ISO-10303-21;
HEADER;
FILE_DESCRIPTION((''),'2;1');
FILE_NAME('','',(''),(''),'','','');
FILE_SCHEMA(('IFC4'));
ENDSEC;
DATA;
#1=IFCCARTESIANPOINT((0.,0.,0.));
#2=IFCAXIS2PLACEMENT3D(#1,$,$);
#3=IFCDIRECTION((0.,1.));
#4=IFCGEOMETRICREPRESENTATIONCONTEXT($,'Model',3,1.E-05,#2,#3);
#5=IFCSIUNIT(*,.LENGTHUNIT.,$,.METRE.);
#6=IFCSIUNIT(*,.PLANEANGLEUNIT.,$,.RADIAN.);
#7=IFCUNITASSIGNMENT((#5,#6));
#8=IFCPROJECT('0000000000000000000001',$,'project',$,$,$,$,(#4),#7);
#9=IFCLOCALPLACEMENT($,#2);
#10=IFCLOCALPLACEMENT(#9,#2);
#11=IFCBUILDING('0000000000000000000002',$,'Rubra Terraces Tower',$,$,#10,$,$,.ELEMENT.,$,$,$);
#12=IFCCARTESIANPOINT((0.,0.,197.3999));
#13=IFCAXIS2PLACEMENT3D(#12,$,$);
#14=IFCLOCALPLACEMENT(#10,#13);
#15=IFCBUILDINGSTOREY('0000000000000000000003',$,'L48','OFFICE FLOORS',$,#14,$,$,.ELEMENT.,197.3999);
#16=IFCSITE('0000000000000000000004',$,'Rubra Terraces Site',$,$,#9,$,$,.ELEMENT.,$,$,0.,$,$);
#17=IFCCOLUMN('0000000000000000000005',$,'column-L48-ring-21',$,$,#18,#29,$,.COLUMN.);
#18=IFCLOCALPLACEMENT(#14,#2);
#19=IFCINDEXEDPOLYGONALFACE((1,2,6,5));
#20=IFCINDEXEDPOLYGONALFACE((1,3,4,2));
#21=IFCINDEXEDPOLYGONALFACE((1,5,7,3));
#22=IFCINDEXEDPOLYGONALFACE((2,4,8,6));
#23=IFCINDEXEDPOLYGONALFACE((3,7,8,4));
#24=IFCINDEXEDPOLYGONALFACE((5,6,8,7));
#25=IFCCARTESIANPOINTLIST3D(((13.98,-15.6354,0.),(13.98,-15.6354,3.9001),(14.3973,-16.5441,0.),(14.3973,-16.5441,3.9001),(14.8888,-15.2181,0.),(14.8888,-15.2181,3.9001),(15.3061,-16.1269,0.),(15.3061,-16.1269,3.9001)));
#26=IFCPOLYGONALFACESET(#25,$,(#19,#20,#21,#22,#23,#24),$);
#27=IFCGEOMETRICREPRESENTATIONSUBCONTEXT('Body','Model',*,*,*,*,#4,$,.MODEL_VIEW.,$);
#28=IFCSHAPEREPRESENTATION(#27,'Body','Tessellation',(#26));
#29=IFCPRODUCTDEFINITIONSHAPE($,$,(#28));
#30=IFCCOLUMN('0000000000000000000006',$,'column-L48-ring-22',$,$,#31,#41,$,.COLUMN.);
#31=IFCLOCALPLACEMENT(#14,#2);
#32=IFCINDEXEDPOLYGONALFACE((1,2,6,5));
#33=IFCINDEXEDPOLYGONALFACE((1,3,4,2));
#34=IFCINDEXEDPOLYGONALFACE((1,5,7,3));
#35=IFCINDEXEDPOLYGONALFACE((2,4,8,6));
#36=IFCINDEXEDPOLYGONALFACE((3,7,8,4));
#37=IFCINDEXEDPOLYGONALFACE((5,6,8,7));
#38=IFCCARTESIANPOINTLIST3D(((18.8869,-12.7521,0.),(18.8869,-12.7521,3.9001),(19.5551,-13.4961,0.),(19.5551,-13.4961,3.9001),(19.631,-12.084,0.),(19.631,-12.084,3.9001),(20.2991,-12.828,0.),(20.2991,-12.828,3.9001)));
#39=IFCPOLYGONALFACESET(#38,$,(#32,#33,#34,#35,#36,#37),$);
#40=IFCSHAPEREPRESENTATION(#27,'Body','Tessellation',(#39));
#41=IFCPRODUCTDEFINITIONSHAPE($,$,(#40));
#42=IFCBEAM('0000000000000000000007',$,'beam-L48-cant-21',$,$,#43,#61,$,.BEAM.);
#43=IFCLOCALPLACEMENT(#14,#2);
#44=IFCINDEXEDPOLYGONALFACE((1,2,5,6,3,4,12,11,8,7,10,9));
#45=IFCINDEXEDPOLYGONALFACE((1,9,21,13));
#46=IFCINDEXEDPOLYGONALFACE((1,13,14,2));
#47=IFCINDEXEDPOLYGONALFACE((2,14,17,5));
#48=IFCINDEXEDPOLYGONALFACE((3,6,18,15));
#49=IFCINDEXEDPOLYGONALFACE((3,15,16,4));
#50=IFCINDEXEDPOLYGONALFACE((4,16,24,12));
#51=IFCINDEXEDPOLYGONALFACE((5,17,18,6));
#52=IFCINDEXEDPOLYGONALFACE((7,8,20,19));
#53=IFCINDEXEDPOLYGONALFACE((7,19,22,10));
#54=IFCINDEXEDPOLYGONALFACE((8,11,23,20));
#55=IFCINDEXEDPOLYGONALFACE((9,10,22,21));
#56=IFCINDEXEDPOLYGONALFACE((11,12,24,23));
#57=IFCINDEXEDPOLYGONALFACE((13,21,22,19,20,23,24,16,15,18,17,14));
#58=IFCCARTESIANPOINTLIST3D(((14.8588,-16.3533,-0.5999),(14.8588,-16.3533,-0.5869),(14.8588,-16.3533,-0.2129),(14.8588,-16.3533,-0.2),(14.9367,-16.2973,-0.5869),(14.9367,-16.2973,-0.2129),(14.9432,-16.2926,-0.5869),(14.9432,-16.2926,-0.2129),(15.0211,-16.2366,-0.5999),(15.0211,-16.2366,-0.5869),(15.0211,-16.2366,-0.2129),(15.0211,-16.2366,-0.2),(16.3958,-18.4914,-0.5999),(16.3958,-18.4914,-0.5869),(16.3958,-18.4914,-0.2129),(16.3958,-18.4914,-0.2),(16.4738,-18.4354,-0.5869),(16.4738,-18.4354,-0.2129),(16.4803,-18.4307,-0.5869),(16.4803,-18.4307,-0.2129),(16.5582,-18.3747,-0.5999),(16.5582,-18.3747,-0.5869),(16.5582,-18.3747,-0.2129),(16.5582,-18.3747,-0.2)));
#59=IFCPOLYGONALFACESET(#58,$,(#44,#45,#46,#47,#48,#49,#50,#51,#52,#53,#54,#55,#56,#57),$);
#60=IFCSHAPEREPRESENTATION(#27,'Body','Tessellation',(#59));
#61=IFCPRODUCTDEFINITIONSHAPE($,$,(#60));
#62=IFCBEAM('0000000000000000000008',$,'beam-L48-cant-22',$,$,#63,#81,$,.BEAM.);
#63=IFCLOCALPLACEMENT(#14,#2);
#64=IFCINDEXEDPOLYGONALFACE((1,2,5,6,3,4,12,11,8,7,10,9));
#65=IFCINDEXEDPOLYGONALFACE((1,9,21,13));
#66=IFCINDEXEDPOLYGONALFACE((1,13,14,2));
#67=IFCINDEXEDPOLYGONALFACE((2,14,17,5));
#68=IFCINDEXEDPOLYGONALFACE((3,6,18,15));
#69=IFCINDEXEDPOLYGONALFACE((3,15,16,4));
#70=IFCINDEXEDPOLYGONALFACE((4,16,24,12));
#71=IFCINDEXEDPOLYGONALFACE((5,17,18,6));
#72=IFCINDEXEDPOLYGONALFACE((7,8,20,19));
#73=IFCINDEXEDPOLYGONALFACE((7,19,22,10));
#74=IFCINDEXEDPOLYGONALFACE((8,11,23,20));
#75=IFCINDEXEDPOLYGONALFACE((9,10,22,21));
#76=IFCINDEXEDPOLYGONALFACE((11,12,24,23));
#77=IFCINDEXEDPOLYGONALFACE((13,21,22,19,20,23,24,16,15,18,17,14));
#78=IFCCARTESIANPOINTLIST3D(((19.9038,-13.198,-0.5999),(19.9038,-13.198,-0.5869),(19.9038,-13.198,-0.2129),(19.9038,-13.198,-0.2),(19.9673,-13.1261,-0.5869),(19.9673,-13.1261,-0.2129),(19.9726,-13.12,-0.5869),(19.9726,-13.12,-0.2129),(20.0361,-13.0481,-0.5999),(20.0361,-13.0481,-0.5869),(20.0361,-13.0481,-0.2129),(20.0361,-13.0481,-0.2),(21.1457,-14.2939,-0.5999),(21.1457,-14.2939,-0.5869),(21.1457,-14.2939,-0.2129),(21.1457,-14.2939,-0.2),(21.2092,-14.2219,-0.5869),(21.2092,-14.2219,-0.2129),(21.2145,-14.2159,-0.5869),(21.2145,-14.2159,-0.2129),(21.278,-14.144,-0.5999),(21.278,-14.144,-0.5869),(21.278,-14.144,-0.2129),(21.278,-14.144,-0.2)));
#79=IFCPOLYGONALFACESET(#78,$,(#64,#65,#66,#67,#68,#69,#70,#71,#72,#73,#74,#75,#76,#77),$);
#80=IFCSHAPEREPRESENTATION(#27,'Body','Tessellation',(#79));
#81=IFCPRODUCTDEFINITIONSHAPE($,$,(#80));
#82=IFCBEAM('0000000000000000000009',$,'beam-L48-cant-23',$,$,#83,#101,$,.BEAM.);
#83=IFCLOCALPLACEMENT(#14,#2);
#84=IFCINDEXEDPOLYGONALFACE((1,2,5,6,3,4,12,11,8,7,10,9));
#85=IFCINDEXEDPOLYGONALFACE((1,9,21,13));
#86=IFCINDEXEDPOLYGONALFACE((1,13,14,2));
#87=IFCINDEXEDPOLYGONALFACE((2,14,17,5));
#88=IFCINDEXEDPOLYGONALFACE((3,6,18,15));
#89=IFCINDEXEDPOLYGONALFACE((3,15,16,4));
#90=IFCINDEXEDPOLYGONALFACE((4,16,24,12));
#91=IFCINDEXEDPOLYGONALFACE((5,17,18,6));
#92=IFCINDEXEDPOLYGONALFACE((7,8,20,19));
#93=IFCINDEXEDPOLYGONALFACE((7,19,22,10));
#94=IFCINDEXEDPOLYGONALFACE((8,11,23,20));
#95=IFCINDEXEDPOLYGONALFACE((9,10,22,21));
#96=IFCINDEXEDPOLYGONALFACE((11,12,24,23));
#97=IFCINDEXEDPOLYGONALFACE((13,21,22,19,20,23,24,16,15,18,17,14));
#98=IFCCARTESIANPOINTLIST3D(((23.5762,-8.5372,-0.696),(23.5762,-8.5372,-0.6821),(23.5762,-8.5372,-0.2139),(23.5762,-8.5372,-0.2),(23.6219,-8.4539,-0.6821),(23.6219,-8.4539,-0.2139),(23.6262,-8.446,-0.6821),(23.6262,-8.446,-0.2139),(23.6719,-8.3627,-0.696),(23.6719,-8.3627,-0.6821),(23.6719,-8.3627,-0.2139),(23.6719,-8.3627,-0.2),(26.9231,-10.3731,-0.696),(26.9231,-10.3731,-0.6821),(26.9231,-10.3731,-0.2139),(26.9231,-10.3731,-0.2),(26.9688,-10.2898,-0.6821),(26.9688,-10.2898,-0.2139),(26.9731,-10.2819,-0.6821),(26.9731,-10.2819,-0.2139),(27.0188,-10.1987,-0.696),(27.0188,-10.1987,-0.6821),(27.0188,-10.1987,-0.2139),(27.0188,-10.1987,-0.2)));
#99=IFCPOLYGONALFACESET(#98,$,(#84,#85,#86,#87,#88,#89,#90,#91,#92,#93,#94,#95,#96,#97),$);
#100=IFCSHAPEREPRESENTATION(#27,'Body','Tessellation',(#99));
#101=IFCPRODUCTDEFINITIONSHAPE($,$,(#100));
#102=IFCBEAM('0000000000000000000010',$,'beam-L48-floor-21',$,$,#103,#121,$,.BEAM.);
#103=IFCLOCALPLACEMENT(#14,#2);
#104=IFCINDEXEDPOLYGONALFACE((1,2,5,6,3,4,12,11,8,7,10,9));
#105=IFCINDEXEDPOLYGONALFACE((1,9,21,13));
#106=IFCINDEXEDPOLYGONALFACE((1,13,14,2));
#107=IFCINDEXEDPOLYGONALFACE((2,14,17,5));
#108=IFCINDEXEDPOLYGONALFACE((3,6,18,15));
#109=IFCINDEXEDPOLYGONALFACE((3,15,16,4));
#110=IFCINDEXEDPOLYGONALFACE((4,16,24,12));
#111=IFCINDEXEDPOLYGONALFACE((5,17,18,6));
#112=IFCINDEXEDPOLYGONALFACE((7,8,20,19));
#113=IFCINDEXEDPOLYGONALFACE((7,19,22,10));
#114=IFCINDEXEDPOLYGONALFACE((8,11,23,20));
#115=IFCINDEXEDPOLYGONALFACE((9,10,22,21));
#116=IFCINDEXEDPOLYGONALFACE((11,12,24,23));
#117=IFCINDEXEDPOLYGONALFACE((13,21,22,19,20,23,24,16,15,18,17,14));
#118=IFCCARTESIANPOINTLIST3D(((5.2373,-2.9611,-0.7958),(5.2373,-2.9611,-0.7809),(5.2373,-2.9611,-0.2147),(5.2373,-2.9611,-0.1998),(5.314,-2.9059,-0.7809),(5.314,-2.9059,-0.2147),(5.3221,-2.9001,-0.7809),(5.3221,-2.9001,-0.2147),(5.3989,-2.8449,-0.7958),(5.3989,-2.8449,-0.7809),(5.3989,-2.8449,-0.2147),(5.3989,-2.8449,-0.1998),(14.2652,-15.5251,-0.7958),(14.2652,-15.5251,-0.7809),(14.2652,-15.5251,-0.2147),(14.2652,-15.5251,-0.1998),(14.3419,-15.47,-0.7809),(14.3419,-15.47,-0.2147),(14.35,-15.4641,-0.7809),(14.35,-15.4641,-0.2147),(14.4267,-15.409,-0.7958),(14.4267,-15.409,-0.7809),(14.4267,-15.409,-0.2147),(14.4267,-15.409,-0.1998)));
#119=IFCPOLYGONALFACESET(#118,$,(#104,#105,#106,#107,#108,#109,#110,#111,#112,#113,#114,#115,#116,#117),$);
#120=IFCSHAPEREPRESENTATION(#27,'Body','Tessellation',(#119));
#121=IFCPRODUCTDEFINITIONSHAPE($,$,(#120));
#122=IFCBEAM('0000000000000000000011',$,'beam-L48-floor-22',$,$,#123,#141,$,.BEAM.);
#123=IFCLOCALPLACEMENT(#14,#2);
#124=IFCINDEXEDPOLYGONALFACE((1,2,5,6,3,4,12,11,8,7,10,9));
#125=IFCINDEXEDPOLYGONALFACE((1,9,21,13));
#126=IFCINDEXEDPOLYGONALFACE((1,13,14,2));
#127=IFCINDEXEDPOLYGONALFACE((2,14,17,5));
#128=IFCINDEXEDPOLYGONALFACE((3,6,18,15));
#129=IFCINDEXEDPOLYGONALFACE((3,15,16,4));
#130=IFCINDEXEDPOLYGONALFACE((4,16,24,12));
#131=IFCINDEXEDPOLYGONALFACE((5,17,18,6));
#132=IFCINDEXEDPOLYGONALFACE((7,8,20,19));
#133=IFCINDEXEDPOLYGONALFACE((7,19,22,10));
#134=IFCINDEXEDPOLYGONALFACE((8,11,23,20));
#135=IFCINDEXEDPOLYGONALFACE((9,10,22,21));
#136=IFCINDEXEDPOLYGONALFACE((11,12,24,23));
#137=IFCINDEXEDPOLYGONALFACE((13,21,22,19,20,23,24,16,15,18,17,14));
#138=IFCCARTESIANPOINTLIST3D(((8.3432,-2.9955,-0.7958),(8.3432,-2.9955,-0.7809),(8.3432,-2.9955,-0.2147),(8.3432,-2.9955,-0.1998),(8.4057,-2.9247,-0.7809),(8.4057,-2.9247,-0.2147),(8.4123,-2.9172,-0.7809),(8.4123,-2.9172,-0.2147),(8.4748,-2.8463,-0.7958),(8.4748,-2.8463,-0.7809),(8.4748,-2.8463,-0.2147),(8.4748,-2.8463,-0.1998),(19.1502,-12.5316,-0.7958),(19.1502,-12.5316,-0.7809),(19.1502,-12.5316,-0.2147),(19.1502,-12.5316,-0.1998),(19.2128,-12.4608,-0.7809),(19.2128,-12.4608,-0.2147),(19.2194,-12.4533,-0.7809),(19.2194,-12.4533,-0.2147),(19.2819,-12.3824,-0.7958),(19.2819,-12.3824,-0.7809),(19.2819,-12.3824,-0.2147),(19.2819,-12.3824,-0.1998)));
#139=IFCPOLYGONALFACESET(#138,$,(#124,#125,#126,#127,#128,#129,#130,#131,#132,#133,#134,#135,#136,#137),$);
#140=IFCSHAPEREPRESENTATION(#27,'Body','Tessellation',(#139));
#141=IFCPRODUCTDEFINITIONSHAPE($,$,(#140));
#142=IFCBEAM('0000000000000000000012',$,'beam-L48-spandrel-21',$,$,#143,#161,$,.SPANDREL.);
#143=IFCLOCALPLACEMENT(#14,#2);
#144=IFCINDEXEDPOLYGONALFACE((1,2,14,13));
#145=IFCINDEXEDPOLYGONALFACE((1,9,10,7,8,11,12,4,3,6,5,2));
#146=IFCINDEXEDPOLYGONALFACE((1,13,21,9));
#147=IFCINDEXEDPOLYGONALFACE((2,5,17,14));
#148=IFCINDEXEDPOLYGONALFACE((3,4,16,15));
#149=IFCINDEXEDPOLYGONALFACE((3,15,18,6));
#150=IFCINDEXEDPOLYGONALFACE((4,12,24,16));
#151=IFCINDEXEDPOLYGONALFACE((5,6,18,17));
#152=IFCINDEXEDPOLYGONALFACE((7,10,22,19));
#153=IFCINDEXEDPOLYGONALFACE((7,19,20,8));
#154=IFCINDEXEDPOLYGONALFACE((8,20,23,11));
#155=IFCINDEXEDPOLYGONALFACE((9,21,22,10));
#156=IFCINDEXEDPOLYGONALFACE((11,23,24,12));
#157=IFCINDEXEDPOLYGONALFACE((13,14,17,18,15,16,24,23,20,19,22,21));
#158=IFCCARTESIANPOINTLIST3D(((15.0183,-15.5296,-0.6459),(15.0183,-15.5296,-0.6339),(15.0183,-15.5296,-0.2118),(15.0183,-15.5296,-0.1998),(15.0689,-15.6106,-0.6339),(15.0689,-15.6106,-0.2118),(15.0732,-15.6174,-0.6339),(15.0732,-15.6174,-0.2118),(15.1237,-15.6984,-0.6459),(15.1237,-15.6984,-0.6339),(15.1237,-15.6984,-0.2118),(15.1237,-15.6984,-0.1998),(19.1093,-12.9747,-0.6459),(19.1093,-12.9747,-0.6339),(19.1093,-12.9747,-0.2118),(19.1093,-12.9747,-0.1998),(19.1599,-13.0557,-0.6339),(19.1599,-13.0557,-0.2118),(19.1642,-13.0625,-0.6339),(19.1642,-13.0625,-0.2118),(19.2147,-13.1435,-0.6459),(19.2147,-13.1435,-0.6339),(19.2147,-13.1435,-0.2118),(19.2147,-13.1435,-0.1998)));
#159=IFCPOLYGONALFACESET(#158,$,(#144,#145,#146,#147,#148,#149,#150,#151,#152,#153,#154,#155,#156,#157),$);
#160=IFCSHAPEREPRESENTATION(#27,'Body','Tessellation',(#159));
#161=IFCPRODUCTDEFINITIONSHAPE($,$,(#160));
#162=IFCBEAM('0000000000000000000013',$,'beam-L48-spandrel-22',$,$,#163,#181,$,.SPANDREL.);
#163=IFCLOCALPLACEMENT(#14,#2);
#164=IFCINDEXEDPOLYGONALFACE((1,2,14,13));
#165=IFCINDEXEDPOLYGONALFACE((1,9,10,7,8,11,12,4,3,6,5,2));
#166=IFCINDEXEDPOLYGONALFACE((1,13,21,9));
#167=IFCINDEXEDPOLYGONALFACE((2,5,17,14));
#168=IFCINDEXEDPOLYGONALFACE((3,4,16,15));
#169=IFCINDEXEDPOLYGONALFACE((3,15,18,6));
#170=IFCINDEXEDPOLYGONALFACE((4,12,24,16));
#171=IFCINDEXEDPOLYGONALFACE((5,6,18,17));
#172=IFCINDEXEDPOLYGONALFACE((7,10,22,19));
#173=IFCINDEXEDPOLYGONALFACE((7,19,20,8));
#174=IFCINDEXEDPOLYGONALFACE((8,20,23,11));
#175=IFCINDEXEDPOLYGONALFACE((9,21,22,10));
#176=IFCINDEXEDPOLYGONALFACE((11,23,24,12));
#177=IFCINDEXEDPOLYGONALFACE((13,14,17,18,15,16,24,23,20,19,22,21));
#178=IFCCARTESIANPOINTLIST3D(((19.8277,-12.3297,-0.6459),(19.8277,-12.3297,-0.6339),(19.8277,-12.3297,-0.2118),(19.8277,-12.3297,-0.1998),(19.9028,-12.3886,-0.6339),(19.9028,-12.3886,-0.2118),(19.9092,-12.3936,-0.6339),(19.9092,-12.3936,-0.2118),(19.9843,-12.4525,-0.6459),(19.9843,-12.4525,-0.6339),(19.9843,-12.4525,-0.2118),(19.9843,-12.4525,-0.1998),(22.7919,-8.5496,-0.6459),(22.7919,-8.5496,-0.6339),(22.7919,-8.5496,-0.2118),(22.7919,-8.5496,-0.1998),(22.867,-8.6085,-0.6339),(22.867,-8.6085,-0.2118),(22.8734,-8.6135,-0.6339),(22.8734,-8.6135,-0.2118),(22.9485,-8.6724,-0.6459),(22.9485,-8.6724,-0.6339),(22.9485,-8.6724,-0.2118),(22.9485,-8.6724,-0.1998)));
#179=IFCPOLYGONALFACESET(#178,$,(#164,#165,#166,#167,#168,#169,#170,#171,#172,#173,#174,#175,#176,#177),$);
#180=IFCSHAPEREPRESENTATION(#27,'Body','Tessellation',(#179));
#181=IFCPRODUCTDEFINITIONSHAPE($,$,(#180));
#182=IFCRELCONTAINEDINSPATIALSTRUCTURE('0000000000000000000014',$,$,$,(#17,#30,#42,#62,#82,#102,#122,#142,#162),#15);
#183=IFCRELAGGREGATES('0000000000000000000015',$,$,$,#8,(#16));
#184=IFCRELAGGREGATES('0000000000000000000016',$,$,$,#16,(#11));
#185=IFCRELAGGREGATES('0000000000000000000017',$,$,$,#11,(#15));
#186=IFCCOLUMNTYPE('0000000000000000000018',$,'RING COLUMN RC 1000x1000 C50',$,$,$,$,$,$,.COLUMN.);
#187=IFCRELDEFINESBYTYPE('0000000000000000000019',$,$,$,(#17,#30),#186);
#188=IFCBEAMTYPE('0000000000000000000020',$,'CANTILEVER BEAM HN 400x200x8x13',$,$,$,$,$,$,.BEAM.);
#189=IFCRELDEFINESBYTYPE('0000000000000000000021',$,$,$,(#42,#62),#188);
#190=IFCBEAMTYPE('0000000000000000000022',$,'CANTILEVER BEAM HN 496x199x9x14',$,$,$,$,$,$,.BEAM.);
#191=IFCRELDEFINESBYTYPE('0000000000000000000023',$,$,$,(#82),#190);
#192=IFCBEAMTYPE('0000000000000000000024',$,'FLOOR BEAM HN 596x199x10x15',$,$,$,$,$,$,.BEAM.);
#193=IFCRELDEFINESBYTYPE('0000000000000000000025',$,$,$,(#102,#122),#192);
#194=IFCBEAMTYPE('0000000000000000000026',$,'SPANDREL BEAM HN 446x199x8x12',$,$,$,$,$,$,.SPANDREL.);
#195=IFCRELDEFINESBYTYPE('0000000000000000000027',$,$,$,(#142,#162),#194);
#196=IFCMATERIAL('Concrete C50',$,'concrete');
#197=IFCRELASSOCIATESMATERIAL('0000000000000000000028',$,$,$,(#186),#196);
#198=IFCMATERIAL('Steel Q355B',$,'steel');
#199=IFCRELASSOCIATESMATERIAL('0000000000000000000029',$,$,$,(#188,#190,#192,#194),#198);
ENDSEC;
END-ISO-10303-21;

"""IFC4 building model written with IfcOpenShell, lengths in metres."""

from ifc_helpers import new_model, si_unit, direction, frame, origin, origin_2d, place, context, subcontext, project, spatial, rectangle, i_section, extrude, material, material_profile, profile_set, type_object, element, save


model = new_model("IFC4")

# Units and contexts
model_context = context("Model", 3, precision=1e-05, world=origin(), true_north=direction((0.0, 1.0)))
body_context = subcontext(model_context, "Body", "Model", "MODEL_VIEW")
ifc_project = project(units=[si_unit("LENGTHUNIT", "METRE"), si_unit("PLANEANGLEUNIT", "RADIAN")], contexts=[model_context])

# Site, building, storey
site_placement = place(None, origin())
site = spatial("IfcSite", under=ifc_project, at=site_placement, Name="Rubra Terraces Site", CompositionType="ELEMENT", RefElevation=0.0)
building_placement = place(site_placement, origin())
building = spatial("IfcBuilding", under=site, at=building_placement, Name="Rubra Terraces Tower", CompositionType="ELEMENT")
storey_placement = place(building_placement, frame((0.0, 0.0, 197.3999)))
storey = spatial("IfcBuildingStorey", under=building, at=storey_placement, Name="L48", Description="OFFICE FLOORS", CompositionType="ELEMENT", Elevation=197.3999)

# Columns
ifc_material_1 = material(Name="Concrete C50", Category="concrete")
ifc_material_profile_1 = material_profile(ifc_material_1, rectangle(XDim=1.0, YDim=1.0, at=origin_2d()), Name="RC 1000x1000")
ifc_profile_set_1 = profile_set([ifc_material_profile_1], Name="Concrete C50")
column_type = type_object("IfcColumnType", Name="RING COLUMN RC 1000x1000 C50", PredefinedType="COLUMN", material=ifc_profile_set_1)
for number, where, z_axis, x_axis, name in (
    (1, (14.6431, -15.8811, 0.0), (0.0, 0.0, 1.0), (0.908779, 0.417279, 0.0), "column-L48-ring-21"),
    (2, (19.593, -12.79, 0.0), (0.0, 0.0, 1.0), (0.744021, 0.668156, 0.0), "column-L48-ring-22"),
):
    element("IfcColumn", number, at=place(storey_placement, frame(where, z_axis=z_axis, x_axis=x_axis)), inside=storey, type_object=column_type, Name=name, PredefinedType="COLUMN", context=body_context, shape_type="SweptSolid", body=[
        extrude(rectangle(XDim=1.0, YDim=1.0, at=origin_2d()), origin(), (0.0, 0.0, 1.0), 3.9001),
    ])

# Beams
ifc_material_2 = material(Name="Steel Q355B", Category="steel")
ifc_material_profile_2 = material_profile(ifc_material_2, i_section(OverallWidth=0.2, OverallDepth=0.3999, WebThickness=0.0081, FlangeThickness=0.0129, at=origin_2d()), Name="HN 400x200x8x13")
ifc_profile_set_2 = profile_set([ifc_material_profile_2], Name="Steel Q355B")
beam_type_1 = type_object("IfcBeamType", Name="CANTILEVER BEAM HN 400x200x8x13", PredefinedType="BEAM", material=ifc_profile_set_2)
beam_1_placement = place(storey_placement, frame((14.9399, -16.2949, -0.3999), z_axis=(0.583709, -0.811963, 0.0), x_axis=(0.811963, 0.583709, 0.0)))
element("IfcBeam", 3, at=beam_1_placement, inside=storey, type_object=beam_type_1, Name="beam-L48-cant-21", PredefinedType="BEAM", context=body_context, shape_type="SweptSolid", body=[
    extrude(i_section(OverallWidth=0.2, OverallDepth=0.3999, WebThickness=0.0081, FlangeThickness=0.0129, at=origin_2d()), origin(), (0.0, 0.0, 1.0), 2.6333),
])
beam_2_placement = place(storey_placement, frame((19.97, -13.123, -0.3999), z_axis=(0.749803, -0.661661, 0.0), x_axis=(0.661661, 0.749803, 0.0)))
element("IfcBeam", 4, at=beam_2_placement, inside=storey, type_object=beam_type_1, Name="beam-L48-cant-22", PredefinedType="BEAM", context=body_context, shape_type="SweptSolid", body=[
    extrude(i_section(OverallWidth=0.2, OverallDepth=0.3999, WebThickness=0.0081, FlangeThickness=0.0129, at=origin_2d()), origin(), (0.0, 0.0, 1.0), 1.6562),
])
ifc_material_profile_3 = material_profile(ifc_material_2, i_section(OverallWidth=0.199, OverallDepth=0.4961, WebThickness=0.009, FlangeThickness=0.0139, at=origin_2d()), Name="HN 496x199x9x14")
ifc_profile_set_3 = profile_set([ifc_material_profile_3], Name="Steel Q355B")
beam_type_2 = type_object("IfcBeamType", Name="CANTILEVER BEAM HN 496x199x9x14", PredefinedType="BEAM", material=ifc_profile_set_3)
beam_3_placement = place(storey_placement, frame((23.624, -8.45, -0.448), z_axis=(0.876754, -0.480939, 0.0), x_axis=(0.480939, 0.876754, 0.0)))
element("IfcBeam", 5, at=beam_3_placement, inside=storey, type_object=beam_type_2, Name="beam-L48-cant-23", PredefinedType="BEAM", context=body_context, shape_type="SweptSolid", body=[
    extrude(i_section(OverallWidth=0.199, OverallDepth=0.4961, WebThickness=0.009, FlangeThickness=0.0139, at=origin_2d()), origin(), (0.0, 0.0, 1.0), 3.8174),
])
ifc_material_profile_4 = material_profile(ifc_material_2, i_section(OverallWidth=0.199, OverallDepth=0.5959, WebThickness=0.01, FlangeThickness=0.0149, at=origin_2d()), Name="HN 596x199x10x15")
ifc_profile_set_4 = profile_set([ifc_material_profile_4], Name="Steel Q355B")
beam_type_3 = type_object("IfcBeamType", Name="FLOOR BEAM HN 596x199x10x15", PredefinedType="BEAM", material=ifc_profile_set_4)
beam_4_placement = place(storey_placement, frame((14.3459, -15.467, -0.4978), z_axis=(-0.583529, 0.812092, 0.0), x_axis=(-0.812092, -0.583529, 0.0)))
element("IfcBeam", 6, at=beam_4_placement, inside=storey, type_object=beam_type_3, Name="beam-L48-floor-21", PredefinedType="BEAM", context=body_context, shape_type="SweptSolid", body=[
    extrude(i_section(OverallWidth=0.199, OverallDepth=0.5959, WebThickness=0.01, FlangeThickness=0.0149, at=origin_2d()), origin(), (0.0, 0.0, 1.0), 15.4712),
])
beam_5_placement = place(storey_placement, frame((19.2161, -12.457, -0.4978), z_axis=(-0.749823, 0.661638, 0.0), x_axis=(-0.661638, -0.749823, 0.0)))
element("IfcBeam", 7, at=beam_5_placement, inside=storey, type_object=beam_type_3, Name="beam-L48-floor-22", PredefinedType="BEAM", context=body_context, shape_type="SweptSolid", body=[
    extrude(i_section(OverallWidth=0.199, OverallDepth=0.5959, WebThickness=0.01, FlangeThickness=0.0149, at=origin_2d()), origin(), (0.0, 0.0, 1.0), 14.4128),
])
ifc_material_profile_5 = material_profile(ifc_material_2, i_section(OverallWidth=0.199, OverallDepth=0.446, WebThickness=0.0081, FlangeThickness=0.012, at=origin_2d()), Name="HN 446x199x8x12")
ifc_profile_set_5 = profile_set([ifc_material_profile_5], Name="Steel Q355B")
beam_type_4 = type_object("IfcBeamType", Name="SPANDREL BEAM HN 446x199x8x12", PredefinedType="SPANDREL", material=ifc_profile_set_5)
beam_6_placement = place(storey_placement, frame((15.071, -15.614, -0.4229), z_axis=(0.848183, 0.529703, 0.0), x_axis=(-0.529703, 0.848183, 0.0)))
element("IfcBeam", 8, at=beam_6_placement, inside=storey, type_object=beam_type_4, Name="beam-L48-spandrel-21", PredefinedType="SPANDREL", context=body_context, shape_type="SweptSolid", body=[
    extrude(i_section(OverallWidth=0.199, OverallDepth=0.446, WebThickness=0.0081, FlangeThickness=0.012, at=origin_2d()), origin(), (0.0, 0.0, 1.0), 4.8232),
])
beam_7_placement = place(storey_placement, frame((19.906, -12.3911, -0.4229), z_axis=(0.61706, 0.786916, 0.0), x_axis=(-0.786916, 0.61706, 0.0)))
element("IfcBeam", 9, at=beam_7_placement, inside=storey, type_object=beam_type_4, Name="beam-L48-spandrel-22", PredefinedType="SPANDREL", context=body_context, shape_type="SweptSolid", body=[
    extrude(i_section(OverallWidth=0.199, OverallDepth=0.446, WebThickness=0.0081, FlangeThickness=0.012, at=origin_2d()), origin(), (0.0, 0.0, 1.0), 4.8037),
])

save(model, "model.ifc")
